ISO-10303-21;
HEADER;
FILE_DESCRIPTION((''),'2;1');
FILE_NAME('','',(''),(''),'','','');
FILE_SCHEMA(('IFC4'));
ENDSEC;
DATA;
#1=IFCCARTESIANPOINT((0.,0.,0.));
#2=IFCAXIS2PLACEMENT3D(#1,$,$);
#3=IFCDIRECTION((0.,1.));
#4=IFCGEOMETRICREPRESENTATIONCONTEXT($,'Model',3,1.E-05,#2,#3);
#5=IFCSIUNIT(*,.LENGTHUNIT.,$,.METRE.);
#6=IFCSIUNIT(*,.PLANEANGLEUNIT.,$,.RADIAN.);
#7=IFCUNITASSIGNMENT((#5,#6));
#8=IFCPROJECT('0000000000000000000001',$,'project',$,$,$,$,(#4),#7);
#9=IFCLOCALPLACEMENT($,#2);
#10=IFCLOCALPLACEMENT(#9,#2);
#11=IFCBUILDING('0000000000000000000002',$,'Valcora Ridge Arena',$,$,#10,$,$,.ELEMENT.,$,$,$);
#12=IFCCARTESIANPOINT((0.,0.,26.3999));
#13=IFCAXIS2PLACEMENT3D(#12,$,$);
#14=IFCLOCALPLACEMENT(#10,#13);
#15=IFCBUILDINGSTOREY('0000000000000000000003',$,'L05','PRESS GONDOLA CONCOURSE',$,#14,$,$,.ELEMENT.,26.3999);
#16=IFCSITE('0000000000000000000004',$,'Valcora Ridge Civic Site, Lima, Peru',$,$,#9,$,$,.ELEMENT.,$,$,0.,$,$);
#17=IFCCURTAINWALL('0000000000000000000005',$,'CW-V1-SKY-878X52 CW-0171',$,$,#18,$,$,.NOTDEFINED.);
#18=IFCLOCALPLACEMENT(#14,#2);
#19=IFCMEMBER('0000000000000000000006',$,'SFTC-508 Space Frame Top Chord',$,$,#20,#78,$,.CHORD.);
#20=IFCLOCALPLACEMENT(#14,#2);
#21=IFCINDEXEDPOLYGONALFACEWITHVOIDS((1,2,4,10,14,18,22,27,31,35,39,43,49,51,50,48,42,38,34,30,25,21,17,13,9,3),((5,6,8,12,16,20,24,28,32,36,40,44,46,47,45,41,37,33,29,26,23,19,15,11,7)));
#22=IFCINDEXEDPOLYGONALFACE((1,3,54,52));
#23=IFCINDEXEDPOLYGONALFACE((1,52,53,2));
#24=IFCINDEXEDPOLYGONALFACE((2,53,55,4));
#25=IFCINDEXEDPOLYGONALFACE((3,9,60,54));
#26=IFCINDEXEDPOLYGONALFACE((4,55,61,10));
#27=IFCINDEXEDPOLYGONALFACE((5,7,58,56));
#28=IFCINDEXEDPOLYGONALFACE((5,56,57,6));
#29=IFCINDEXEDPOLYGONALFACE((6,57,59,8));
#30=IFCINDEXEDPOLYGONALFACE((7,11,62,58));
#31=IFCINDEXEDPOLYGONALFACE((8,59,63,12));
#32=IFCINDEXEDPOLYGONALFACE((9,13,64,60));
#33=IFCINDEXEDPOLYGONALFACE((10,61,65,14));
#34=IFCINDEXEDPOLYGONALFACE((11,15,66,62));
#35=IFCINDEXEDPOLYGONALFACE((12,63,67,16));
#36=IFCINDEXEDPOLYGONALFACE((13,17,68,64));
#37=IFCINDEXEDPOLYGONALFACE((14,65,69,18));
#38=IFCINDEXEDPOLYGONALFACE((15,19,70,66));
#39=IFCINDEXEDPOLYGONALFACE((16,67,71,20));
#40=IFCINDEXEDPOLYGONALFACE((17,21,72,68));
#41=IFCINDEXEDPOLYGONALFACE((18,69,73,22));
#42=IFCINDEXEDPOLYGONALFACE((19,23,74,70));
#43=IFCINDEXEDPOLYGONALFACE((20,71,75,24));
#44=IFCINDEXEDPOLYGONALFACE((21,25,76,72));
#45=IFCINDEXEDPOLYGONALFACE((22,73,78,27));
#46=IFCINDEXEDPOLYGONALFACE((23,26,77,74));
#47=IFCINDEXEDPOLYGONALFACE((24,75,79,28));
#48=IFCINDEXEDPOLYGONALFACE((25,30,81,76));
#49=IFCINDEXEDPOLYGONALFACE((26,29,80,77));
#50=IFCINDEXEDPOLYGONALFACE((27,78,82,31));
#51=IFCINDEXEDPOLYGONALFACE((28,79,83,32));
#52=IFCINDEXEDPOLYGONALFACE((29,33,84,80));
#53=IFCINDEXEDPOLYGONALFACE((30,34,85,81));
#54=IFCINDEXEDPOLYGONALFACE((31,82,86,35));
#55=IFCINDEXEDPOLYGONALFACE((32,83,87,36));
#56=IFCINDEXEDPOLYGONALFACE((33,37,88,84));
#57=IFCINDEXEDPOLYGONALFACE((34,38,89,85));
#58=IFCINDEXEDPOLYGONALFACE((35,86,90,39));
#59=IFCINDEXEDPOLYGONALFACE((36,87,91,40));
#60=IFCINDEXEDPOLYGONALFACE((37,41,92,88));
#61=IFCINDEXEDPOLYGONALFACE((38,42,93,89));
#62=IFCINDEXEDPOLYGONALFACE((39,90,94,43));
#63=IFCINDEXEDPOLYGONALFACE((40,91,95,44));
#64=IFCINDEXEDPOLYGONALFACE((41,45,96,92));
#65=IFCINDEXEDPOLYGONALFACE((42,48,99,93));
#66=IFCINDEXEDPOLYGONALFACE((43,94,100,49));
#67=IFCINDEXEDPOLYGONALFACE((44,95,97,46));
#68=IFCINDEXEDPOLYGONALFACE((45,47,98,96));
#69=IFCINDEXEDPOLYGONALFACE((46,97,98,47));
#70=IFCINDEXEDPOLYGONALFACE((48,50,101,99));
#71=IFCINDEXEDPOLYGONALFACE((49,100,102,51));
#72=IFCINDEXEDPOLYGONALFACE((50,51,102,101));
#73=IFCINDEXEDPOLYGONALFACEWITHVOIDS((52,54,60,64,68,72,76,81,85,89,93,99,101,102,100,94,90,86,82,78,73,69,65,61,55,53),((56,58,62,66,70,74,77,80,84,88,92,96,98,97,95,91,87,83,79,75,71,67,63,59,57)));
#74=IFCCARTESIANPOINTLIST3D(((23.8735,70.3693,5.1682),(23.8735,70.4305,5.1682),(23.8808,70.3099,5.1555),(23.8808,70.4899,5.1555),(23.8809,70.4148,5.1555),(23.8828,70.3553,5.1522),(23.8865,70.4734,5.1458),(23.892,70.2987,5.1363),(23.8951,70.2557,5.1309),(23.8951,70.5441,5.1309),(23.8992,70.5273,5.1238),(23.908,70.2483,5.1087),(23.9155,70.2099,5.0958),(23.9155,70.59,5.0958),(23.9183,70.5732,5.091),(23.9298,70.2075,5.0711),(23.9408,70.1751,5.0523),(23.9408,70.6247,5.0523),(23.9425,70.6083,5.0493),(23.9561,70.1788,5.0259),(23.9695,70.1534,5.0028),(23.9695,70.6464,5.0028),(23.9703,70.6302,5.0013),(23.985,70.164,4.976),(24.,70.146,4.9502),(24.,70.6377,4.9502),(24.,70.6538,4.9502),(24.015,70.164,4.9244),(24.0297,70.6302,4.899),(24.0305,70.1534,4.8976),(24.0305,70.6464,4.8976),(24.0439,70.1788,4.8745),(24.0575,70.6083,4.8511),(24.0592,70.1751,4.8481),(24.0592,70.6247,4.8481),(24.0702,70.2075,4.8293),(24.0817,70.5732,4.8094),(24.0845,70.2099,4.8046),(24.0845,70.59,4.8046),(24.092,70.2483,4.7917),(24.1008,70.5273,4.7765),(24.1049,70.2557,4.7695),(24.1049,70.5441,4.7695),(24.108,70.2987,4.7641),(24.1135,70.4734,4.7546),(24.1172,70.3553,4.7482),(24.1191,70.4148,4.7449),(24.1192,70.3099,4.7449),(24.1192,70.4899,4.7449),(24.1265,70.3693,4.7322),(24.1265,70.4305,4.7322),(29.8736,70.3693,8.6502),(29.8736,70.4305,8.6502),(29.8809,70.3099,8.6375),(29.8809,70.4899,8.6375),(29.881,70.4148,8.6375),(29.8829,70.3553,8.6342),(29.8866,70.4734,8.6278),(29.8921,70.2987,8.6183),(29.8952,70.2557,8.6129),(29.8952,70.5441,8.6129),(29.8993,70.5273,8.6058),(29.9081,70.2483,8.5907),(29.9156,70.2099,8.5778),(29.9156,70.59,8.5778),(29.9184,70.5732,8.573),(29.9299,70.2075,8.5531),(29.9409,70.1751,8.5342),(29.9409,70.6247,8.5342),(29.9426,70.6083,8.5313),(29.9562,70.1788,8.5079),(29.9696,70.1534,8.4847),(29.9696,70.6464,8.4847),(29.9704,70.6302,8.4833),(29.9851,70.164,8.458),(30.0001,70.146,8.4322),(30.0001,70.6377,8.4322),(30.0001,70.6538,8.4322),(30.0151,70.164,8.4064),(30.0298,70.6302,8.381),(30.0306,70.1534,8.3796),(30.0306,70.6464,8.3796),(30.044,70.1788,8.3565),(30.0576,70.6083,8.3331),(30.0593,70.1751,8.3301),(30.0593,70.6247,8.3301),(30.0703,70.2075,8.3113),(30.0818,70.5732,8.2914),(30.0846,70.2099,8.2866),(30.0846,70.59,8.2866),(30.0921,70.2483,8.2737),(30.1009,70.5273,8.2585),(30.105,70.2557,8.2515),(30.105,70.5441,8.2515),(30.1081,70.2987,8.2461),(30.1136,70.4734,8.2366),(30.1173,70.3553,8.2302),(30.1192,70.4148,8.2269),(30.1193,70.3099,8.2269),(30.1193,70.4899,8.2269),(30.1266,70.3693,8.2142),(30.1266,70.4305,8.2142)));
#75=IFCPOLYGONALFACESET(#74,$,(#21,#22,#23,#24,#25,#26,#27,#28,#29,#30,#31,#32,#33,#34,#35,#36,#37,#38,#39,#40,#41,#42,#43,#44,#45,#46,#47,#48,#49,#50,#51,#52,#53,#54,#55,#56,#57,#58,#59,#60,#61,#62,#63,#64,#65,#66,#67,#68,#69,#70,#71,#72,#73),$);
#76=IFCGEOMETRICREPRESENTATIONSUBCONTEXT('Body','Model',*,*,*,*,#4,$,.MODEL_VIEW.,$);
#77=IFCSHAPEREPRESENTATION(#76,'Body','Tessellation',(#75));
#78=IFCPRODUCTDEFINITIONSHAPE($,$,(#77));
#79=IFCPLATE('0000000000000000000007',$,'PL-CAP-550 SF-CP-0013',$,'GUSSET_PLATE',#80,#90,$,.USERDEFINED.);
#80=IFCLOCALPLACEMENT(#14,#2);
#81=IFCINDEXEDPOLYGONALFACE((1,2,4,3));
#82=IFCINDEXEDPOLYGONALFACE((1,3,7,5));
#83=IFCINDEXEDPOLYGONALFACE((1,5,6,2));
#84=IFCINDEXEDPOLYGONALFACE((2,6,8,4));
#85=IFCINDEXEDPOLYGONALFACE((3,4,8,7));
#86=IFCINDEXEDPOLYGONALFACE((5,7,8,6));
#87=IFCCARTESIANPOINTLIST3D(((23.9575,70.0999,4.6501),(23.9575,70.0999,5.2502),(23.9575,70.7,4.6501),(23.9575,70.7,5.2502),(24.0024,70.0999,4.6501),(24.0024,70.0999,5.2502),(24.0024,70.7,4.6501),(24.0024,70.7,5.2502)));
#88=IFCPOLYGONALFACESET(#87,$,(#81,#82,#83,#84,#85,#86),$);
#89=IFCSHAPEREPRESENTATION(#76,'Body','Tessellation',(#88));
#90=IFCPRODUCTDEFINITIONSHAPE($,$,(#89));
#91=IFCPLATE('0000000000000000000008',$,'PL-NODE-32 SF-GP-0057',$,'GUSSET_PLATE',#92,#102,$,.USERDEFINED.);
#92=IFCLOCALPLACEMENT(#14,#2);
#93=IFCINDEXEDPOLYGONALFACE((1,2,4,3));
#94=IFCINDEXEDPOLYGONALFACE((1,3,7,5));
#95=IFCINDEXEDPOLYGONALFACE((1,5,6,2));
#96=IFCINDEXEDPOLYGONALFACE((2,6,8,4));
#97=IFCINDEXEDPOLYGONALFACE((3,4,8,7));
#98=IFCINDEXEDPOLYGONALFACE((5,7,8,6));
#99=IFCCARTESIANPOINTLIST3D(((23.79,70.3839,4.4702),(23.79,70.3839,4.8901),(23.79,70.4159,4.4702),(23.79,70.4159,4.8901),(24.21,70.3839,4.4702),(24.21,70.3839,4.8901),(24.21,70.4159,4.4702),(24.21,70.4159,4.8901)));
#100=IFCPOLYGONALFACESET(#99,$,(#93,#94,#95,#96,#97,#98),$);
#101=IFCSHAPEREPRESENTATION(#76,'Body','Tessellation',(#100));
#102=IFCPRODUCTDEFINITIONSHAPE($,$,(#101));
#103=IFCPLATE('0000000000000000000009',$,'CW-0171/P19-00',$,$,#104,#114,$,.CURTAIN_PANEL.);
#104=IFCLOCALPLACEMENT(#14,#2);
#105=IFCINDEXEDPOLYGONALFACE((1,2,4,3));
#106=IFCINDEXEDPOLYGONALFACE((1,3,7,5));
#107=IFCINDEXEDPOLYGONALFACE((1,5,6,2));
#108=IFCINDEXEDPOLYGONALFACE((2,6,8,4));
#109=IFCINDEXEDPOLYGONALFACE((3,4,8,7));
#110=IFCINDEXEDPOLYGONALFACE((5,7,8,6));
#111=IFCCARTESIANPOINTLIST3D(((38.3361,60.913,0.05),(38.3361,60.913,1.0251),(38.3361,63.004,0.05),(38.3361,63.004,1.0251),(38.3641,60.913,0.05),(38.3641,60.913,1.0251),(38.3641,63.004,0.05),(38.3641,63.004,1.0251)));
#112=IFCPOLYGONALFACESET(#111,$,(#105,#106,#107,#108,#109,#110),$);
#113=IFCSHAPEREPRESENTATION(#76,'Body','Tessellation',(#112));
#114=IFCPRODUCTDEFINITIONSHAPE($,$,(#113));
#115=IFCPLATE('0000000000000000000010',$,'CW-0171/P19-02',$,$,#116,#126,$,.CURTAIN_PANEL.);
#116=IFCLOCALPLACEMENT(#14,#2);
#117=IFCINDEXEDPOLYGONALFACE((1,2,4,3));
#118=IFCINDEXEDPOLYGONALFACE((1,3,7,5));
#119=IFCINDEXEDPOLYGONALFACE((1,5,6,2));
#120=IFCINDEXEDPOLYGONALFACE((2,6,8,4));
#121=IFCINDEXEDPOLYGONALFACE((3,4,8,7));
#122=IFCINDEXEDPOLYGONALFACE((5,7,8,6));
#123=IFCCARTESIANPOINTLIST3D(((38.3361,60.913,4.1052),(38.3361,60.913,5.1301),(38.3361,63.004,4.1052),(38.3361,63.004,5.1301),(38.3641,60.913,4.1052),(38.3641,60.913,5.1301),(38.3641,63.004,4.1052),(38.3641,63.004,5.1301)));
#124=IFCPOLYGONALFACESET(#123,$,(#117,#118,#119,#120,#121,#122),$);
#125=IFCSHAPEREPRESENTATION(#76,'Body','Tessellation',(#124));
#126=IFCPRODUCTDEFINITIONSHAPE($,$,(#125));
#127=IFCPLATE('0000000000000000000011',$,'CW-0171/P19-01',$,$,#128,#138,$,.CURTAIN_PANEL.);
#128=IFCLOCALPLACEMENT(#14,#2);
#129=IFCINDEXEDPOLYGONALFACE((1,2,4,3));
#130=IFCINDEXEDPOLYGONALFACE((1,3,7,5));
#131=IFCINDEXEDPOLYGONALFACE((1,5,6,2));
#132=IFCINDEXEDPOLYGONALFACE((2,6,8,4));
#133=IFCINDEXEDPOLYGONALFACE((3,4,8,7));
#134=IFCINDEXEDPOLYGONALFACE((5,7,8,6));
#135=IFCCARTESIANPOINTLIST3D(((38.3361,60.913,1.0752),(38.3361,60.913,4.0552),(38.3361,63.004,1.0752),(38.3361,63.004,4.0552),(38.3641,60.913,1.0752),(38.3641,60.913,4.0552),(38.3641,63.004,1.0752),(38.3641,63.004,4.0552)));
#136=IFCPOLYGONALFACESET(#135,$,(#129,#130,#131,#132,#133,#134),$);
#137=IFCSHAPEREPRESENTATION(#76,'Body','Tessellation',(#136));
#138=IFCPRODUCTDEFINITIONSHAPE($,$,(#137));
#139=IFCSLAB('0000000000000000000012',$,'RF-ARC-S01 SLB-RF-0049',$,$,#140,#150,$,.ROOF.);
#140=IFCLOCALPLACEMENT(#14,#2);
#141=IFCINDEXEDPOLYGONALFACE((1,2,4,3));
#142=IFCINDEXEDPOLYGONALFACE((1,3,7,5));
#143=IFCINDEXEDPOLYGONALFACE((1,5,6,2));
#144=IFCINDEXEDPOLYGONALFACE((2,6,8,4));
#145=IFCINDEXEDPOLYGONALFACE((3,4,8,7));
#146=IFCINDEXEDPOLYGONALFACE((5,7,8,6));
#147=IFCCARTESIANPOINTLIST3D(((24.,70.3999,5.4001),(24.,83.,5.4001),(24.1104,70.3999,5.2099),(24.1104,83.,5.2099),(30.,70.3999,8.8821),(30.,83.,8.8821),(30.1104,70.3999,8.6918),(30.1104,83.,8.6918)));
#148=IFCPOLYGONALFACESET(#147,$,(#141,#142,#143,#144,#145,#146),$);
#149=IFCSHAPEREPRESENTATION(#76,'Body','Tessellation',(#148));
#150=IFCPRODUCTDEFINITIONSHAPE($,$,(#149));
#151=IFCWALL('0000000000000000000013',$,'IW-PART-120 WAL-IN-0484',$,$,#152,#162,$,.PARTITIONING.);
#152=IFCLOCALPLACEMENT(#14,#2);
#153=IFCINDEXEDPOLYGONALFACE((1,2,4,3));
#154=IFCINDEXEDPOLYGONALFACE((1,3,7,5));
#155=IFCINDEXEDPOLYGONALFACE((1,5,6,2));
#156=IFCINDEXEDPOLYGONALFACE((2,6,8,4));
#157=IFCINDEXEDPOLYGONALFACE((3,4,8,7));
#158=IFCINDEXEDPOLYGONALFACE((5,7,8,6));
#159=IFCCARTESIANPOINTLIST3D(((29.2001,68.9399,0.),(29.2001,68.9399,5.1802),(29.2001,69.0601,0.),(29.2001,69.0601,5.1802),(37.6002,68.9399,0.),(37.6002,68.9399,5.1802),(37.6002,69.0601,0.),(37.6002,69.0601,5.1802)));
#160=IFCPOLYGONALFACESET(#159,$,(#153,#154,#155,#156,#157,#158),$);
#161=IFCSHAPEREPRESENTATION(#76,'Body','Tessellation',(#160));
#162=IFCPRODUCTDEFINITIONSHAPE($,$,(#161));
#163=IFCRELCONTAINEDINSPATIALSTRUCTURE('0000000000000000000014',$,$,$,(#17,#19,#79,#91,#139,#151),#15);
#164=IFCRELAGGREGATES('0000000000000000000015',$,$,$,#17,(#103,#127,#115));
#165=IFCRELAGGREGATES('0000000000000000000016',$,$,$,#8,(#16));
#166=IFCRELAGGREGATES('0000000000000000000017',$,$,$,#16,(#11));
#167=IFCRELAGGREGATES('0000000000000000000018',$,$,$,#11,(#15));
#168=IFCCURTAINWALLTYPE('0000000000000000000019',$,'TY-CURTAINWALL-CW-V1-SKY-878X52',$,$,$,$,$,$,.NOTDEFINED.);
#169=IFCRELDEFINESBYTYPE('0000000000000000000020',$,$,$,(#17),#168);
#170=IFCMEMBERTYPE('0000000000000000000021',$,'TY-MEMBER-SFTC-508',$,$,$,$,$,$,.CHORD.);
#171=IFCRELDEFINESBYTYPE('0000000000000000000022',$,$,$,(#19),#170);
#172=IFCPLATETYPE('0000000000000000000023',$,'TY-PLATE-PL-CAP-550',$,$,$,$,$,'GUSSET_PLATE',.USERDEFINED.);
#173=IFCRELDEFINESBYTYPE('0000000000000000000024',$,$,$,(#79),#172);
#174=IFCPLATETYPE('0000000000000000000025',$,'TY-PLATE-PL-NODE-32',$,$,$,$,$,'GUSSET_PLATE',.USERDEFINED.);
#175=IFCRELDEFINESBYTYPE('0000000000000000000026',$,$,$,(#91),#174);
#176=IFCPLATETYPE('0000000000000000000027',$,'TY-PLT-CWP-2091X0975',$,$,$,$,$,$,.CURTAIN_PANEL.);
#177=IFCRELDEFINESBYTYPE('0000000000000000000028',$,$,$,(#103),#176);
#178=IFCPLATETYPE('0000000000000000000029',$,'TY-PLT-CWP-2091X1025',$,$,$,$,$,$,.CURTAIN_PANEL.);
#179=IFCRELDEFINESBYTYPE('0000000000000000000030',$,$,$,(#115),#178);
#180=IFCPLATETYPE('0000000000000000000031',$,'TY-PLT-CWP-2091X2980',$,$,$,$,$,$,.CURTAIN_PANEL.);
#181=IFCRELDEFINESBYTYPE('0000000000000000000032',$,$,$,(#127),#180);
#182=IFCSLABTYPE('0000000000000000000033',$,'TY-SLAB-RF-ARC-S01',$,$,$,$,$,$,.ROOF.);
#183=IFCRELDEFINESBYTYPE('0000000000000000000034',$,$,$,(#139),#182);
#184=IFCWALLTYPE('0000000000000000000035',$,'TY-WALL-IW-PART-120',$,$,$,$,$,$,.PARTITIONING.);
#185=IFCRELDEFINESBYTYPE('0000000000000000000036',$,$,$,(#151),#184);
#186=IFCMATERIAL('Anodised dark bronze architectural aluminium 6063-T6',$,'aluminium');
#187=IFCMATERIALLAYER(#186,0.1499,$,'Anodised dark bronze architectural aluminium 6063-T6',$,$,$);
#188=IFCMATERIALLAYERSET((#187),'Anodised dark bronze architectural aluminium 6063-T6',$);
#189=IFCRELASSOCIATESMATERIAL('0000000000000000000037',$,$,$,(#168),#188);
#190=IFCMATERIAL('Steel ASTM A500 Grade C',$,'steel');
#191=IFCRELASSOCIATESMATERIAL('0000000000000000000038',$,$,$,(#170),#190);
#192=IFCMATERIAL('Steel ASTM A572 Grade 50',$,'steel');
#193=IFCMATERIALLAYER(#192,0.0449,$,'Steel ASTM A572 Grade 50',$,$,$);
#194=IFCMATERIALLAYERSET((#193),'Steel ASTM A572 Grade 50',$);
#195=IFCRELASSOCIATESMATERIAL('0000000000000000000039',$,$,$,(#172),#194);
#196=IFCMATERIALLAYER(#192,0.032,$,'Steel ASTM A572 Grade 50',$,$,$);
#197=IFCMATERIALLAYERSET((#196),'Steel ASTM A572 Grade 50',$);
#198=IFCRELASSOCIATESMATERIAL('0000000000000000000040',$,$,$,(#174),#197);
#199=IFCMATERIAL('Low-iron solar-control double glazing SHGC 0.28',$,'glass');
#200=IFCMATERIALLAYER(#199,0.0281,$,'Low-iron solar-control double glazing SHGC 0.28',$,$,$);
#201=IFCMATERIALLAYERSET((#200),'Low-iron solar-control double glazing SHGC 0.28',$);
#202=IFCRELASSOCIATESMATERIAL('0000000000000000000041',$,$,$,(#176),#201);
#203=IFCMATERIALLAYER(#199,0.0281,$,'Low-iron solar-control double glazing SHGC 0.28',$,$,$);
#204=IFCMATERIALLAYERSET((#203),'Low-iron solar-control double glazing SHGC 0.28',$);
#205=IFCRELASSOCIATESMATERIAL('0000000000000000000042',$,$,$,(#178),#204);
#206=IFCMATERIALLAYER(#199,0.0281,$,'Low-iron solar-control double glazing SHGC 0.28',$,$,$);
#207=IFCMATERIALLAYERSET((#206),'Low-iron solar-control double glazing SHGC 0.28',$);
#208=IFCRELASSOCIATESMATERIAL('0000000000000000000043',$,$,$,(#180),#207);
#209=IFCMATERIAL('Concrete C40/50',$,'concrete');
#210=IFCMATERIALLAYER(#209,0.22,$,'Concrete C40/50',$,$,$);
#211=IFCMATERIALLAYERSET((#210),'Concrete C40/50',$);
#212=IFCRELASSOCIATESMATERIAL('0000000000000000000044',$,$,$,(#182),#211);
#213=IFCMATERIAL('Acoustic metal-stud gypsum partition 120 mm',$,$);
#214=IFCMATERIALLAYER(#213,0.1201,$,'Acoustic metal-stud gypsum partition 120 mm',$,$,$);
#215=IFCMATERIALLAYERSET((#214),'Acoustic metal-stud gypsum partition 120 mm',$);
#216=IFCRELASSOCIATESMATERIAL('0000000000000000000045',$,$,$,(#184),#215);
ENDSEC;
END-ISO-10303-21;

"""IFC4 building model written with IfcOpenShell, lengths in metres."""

from ifc_helpers import new_model, si_unit, direction, frame, frame_2d, origin, origin_2d, place, context, subcontext, project, spatial, polyline, rectangle, hollow_circle, outline, extrude, material, layer, layer_set, material_profile, profile_set, type_object, element, aggregate, save


model = new_model("IFC4")

# Units and contexts
model_context = context("Model", 3, precision=1e-05, world=origin(), true_north=direction((0.0, 1.0)))
body_context = subcontext(model_context, "Body", "Model", "MODEL_VIEW")
ifc_project = project(units=[si_unit("LENGTHUNIT", "METRE"), si_unit("PLANEANGLEUNIT", "RADIAN")], contexts=[model_context])

# Site, building, storey
site_placement = place(None, origin())
site = spatial("IfcSite", under=ifc_project, at=site_placement, Name="Valcora Ridge Civic Site, Lima, Peru", CompositionType="ELEMENT", RefElevation=0.0)
building_placement = place(site_placement, origin())
building = spatial("IfcBuilding", under=site, at=building_placement, Name="Valcora Ridge Arena", CompositionType="ELEMENT")
storey_placement = place(building_placement, frame((0.0, 0.0, 26.3999)))
storey = spatial("IfcBuildingStorey", under=building, at=storey_placement, Name="L05", Description="PRESS GONDOLA CONCOURSE", CompositionType="ELEMENT", Elevation=26.3999)

# Curtain wall
ifc_material_1 = material(Name="Anodised dark bronze architectural aluminium 6063-T6", Category="aluminium")
ifc_layer_1 = layer(ifc_material_1, 0.1499, Name="Anodised dark bronze architectural aluminium 6063-T6")
ifc_layer_set_1 = layer_set([ifc_layer_1], Name="Anodised dark bronze architectural aluminium 6063-T6")
curtain_wall_type = type_object("IfcCurtainWallType", Name="TY-CURTAINWALL-CW-V1-SKY-878X52", PredefinedType="NOTDEFINED", material=ifc_layer_set_1)
curtain_wall_placement = place(storey_placement, origin())
curtain_wall = element("IfcCurtainWall", 1, at=curtain_wall_placement, inside=storey, type_object=curtain_wall_type, Name="CW-V1-SKY-878X52 CW-0171", PredefinedType="NOTDEFINED")

# Member
ifc_material_2 = material(Name="Steel ASTM A500 Grade C", Category="steel")
ifc_material_profile_1 = material_profile(ifc_material_2, hollow_circle(Radius=0.2539, WallThickness=0.0161, at=origin_2d()), Name="CHS508X16")
ifc_profile_set_1 = profile_set([ifc_material_profile_1], Name="Steel ASTM A500 Grade C")
member_type_1 = type_object("IfcMemberType", Name="TY-MEMBER-SFTC-508", PredefinedType="CHORD", material=ifc_profile_set_1)
member_1_placement = place(storey_placement, frame((24.0, 70.3999, 4.9502), z_axis=(0.86491, 0.0, 0.501927), x_axis=(0.0, 1.0, 0.0)))
element("IfcMember", 2, at=member_1_placement, inside=storey, type_object=member_type_1, Name="SFTC-508 Space Frame Top Chord", PredefinedType="CHORD", context=body_context, shape_type="SweptSolid", body=[
    extrude(hollow_circle(Radius=0.2539, WallThickness=0.0161, at=origin_2d()), origin(), (0.0, 0.0, 1.0), 6.9373),
])

# Plates
ifc_material_3 = material(Name="Steel ASTM A572 Grade 50", Category="steel")
ifc_layer_2 = layer(ifc_material_3, 0.0449, Name="Steel ASTM A572 Grade 50")
ifc_layer_set_2 = layer_set([ifc_layer_2], Name="Steel ASTM A572 Grade 50")
plate_type_1 = type_object("IfcPlateType", Name="TY-PLATE-PL-CAP-550", ElementType="GUSSET_PLATE", PredefinedType="USERDEFINED", material=ifc_layer_set_2)
plate_1_placement = place(storey_placement, frame((23.98, 70.3999, 4.6501), z_axis=(0.0, 0.0, 1.0), x_axis=(1.0, 0.0, 0.0)))
element("IfcPlate", 3, at=plate_1_placement, inside=storey, type_object=plate_type_1, Name="PL-CAP-550 SF-CP-0013", ObjectType="GUSSET_PLATE", PredefinedType="USERDEFINED", context=body_context, shape_type="SweptSolid", body=[
    extrude(rectangle(XDim=0.0449, YDim=0.6001, at=origin_2d()), origin(), (0.0, 0.0, 1.0), 0.6001),
])
ifc_layer_3 = layer(ifc_material_3, 0.032, Name="Steel ASTM A572 Grade 50")
ifc_layer_set_3 = layer_set([ifc_layer_3], Name="Steel ASTM A572 Grade 50")
plate_type_2 = type_object("IfcPlateType", Name="TY-PLATE-PL-NODE-32", ElementType="GUSSET_PLATE", PredefinedType="USERDEFINED", material=ifc_layer_set_3)
plate_2_placement = place(storey_placement, frame((24.0, 70.3999, 4.4702), z_axis=(0.0, 0.0, 1.0), x_axis=(1.0, 0.0, 0.0)))
element("IfcPlate", 4, at=plate_2_placement, inside=storey, type_object=plate_type_2, Name="PL-NODE-32 SF-GP-0057", ObjectType="GUSSET_PLATE", PredefinedType="USERDEFINED", context=body_context, shape_type="SweptSolid", body=[
    extrude(rectangle(XDim=0.4199, YDim=0.032, at=origin_2d()), origin(), (0.0, 0.0, 1.0), 0.4199),
])

# Plates
ifc_material_4 = material(Name="Low-iron solar-control double glazing SHGC 0.28", Category="glass")
ifc_layer_4 = layer(ifc_material_4, 0.0281, Name="Low-iron solar-control double glazing SHGC 0.28")
ifc_layer_set_4 = layer_set([ifc_layer_4], Name="Low-iron solar-control double glazing SHGC 0.28")
plate_type_3 = type_object("IfcPlateType", Name="TY-PLT-CWP-2091X0975", PredefinedType="CURTAIN_PANEL", material=ifc_layer_set_4)
plate_3_placement = place(storey_placement, frame((38.3501, 61.9585, 0.05), z_axis=(0.0, 0.0, 1.0), x_axis=(0.0, 1.0, 0.0)))
plate_3 = element("IfcPlate", 5, at=plate_3_placement, type_object=plate_type_3, Name="CW-0171/P19-00", PredefinedType="CURTAIN_PANEL", context=body_context, shape_type="SweptSolid", body=[
    extrude(rectangle(XDim=2.0911, YDim=0.0281, at=origin_2d()), origin(), (0.0, 0.0, 1.0), 0.9751),
])
ifc_layer_5 = layer(ifc_material_4, 0.0281, Name="Low-iron solar-control double glazing SHGC 0.28")
ifc_layer_set_5 = layer_set([ifc_layer_5], Name="Low-iron solar-control double glazing SHGC 0.28")
plate_type_4 = type_object("IfcPlateType", Name="TY-PLT-CWP-2091X1025", PredefinedType="CURTAIN_PANEL", material=ifc_layer_set_5)
plate_4_placement = place(storey_placement, frame((38.3501, 61.9585, 4.1052), z_axis=(0.0, 0.0, 1.0), x_axis=(0.0, 1.0, 0.0)))
plate_4 = element("IfcPlate", 6, at=plate_4_placement, type_object=plate_type_4, Name="CW-0171/P19-02", PredefinedType="CURTAIN_PANEL", context=body_context, shape_type="SweptSolid", body=[
    extrude(rectangle(XDim=2.0911, YDim=0.0281, at=origin_2d()), origin(), (0.0, 0.0, 1.0), 1.0249),
])
ifc_layer_6 = layer(ifc_material_4, 0.0281, Name="Low-iron solar-control double glazing SHGC 0.28")
ifc_layer_set_6 = layer_set([ifc_layer_6], Name="Low-iron solar-control double glazing SHGC 0.28")
plate_type_5 = type_object("IfcPlateType", Name="TY-PLT-CWP-2091X2980", PredefinedType="CURTAIN_PANEL", material=ifc_layer_set_6)
plate_5_placement = place(storey_placement, frame((38.3501, 61.9585, 1.0752), z_axis=(0.0, 0.0, 1.0), x_axis=(0.0, 1.0, 0.0)))
plate_5 = element("IfcPlate", 7, at=plate_5_placement, type_object=plate_type_5, Name="CW-0171/P19-01", PredefinedType="CURTAIN_PANEL", context=body_context, shape_type="SweptSolid", body=[
    extrude(rectangle(XDim=2.0911, YDim=0.0281, at=origin_2d()), origin(), (0.0, 0.0, 1.0), 2.98),
])
aggregate(curtain_wall, [plate_3, plate_5, plate_4])

# Slab
ifc_material_5 = material(Name="Concrete C40/50", Category="concrete")
ifc_layer_7 = layer(ifc_material_5, 0.22, Name="Concrete C40/50")
ifc_layer_set_7 = layer_set([ifc_layer_7], Name="Concrete C40/50")
slab_type = type_object("IfcSlabType", Name="TY-SLAB-RF-ARC-S01", PredefinedType="ROOF", material=ifc_layer_set_7)
slab_placement = place(storey_placement, frame((24.0, 70.3999, 5.4001), z_axis=(-0.501927, 0.0, 0.86491), x_axis=(0.86491, 0.0, 0.501927)))
element("IfcSlab", 8, at=slab_placement, inside=storey, type_object=slab_type, Name="RF-ARC-S01 SLB-RF-0049", PredefinedType="ROOF", context=body_context, shape_type="SweptSolid", body=[
    extrude(outline(polyline([(0.0, 0.0), (6.9371, 0.0), (6.9371, 12.6001), (0.0, 12.6001), (0.0, 0.0)])), origin(), (0.0, 0.0, -1.0), 0.22),
])

# Wall
ifc_material_6 = material(Name="Acoustic metal-stud gypsum partition 120 mm")
ifc_layer_8 = layer(ifc_material_6, 0.1201, Name="Acoustic metal-stud gypsum partition 120 mm")
ifc_layer_set_8 = layer_set([ifc_layer_8], Name="Acoustic metal-stud gypsum partition 120 mm")
wall_type = type_object("IfcWallType", Name="TY-WALL-IW-PART-120", PredefinedType="PARTITIONING", material=ifc_layer_set_8)
wall_1_placement = place(storey_placement, frame((29.2, 69.0, 0.0), z_axis=(0.0, 0.0, 1.0), x_axis=(1.0, 0.0, 0.0)))
element("IfcWall", 9, at=wall_1_placement, inside=storey, type_object=wall_type, Name="IW-PART-120 WAL-IN-0484", PredefinedType="PARTITIONING", context=body_context, shape_type="SweptSolid", body=[
    extrude(rectangle(XDim=8.4001, YDim=0.1201, at=frame_2d((4.2002, 0.0))), origin(), (0.0, 0.0, 1.0), 5.1802),
])

save(model, "model.ifc")
